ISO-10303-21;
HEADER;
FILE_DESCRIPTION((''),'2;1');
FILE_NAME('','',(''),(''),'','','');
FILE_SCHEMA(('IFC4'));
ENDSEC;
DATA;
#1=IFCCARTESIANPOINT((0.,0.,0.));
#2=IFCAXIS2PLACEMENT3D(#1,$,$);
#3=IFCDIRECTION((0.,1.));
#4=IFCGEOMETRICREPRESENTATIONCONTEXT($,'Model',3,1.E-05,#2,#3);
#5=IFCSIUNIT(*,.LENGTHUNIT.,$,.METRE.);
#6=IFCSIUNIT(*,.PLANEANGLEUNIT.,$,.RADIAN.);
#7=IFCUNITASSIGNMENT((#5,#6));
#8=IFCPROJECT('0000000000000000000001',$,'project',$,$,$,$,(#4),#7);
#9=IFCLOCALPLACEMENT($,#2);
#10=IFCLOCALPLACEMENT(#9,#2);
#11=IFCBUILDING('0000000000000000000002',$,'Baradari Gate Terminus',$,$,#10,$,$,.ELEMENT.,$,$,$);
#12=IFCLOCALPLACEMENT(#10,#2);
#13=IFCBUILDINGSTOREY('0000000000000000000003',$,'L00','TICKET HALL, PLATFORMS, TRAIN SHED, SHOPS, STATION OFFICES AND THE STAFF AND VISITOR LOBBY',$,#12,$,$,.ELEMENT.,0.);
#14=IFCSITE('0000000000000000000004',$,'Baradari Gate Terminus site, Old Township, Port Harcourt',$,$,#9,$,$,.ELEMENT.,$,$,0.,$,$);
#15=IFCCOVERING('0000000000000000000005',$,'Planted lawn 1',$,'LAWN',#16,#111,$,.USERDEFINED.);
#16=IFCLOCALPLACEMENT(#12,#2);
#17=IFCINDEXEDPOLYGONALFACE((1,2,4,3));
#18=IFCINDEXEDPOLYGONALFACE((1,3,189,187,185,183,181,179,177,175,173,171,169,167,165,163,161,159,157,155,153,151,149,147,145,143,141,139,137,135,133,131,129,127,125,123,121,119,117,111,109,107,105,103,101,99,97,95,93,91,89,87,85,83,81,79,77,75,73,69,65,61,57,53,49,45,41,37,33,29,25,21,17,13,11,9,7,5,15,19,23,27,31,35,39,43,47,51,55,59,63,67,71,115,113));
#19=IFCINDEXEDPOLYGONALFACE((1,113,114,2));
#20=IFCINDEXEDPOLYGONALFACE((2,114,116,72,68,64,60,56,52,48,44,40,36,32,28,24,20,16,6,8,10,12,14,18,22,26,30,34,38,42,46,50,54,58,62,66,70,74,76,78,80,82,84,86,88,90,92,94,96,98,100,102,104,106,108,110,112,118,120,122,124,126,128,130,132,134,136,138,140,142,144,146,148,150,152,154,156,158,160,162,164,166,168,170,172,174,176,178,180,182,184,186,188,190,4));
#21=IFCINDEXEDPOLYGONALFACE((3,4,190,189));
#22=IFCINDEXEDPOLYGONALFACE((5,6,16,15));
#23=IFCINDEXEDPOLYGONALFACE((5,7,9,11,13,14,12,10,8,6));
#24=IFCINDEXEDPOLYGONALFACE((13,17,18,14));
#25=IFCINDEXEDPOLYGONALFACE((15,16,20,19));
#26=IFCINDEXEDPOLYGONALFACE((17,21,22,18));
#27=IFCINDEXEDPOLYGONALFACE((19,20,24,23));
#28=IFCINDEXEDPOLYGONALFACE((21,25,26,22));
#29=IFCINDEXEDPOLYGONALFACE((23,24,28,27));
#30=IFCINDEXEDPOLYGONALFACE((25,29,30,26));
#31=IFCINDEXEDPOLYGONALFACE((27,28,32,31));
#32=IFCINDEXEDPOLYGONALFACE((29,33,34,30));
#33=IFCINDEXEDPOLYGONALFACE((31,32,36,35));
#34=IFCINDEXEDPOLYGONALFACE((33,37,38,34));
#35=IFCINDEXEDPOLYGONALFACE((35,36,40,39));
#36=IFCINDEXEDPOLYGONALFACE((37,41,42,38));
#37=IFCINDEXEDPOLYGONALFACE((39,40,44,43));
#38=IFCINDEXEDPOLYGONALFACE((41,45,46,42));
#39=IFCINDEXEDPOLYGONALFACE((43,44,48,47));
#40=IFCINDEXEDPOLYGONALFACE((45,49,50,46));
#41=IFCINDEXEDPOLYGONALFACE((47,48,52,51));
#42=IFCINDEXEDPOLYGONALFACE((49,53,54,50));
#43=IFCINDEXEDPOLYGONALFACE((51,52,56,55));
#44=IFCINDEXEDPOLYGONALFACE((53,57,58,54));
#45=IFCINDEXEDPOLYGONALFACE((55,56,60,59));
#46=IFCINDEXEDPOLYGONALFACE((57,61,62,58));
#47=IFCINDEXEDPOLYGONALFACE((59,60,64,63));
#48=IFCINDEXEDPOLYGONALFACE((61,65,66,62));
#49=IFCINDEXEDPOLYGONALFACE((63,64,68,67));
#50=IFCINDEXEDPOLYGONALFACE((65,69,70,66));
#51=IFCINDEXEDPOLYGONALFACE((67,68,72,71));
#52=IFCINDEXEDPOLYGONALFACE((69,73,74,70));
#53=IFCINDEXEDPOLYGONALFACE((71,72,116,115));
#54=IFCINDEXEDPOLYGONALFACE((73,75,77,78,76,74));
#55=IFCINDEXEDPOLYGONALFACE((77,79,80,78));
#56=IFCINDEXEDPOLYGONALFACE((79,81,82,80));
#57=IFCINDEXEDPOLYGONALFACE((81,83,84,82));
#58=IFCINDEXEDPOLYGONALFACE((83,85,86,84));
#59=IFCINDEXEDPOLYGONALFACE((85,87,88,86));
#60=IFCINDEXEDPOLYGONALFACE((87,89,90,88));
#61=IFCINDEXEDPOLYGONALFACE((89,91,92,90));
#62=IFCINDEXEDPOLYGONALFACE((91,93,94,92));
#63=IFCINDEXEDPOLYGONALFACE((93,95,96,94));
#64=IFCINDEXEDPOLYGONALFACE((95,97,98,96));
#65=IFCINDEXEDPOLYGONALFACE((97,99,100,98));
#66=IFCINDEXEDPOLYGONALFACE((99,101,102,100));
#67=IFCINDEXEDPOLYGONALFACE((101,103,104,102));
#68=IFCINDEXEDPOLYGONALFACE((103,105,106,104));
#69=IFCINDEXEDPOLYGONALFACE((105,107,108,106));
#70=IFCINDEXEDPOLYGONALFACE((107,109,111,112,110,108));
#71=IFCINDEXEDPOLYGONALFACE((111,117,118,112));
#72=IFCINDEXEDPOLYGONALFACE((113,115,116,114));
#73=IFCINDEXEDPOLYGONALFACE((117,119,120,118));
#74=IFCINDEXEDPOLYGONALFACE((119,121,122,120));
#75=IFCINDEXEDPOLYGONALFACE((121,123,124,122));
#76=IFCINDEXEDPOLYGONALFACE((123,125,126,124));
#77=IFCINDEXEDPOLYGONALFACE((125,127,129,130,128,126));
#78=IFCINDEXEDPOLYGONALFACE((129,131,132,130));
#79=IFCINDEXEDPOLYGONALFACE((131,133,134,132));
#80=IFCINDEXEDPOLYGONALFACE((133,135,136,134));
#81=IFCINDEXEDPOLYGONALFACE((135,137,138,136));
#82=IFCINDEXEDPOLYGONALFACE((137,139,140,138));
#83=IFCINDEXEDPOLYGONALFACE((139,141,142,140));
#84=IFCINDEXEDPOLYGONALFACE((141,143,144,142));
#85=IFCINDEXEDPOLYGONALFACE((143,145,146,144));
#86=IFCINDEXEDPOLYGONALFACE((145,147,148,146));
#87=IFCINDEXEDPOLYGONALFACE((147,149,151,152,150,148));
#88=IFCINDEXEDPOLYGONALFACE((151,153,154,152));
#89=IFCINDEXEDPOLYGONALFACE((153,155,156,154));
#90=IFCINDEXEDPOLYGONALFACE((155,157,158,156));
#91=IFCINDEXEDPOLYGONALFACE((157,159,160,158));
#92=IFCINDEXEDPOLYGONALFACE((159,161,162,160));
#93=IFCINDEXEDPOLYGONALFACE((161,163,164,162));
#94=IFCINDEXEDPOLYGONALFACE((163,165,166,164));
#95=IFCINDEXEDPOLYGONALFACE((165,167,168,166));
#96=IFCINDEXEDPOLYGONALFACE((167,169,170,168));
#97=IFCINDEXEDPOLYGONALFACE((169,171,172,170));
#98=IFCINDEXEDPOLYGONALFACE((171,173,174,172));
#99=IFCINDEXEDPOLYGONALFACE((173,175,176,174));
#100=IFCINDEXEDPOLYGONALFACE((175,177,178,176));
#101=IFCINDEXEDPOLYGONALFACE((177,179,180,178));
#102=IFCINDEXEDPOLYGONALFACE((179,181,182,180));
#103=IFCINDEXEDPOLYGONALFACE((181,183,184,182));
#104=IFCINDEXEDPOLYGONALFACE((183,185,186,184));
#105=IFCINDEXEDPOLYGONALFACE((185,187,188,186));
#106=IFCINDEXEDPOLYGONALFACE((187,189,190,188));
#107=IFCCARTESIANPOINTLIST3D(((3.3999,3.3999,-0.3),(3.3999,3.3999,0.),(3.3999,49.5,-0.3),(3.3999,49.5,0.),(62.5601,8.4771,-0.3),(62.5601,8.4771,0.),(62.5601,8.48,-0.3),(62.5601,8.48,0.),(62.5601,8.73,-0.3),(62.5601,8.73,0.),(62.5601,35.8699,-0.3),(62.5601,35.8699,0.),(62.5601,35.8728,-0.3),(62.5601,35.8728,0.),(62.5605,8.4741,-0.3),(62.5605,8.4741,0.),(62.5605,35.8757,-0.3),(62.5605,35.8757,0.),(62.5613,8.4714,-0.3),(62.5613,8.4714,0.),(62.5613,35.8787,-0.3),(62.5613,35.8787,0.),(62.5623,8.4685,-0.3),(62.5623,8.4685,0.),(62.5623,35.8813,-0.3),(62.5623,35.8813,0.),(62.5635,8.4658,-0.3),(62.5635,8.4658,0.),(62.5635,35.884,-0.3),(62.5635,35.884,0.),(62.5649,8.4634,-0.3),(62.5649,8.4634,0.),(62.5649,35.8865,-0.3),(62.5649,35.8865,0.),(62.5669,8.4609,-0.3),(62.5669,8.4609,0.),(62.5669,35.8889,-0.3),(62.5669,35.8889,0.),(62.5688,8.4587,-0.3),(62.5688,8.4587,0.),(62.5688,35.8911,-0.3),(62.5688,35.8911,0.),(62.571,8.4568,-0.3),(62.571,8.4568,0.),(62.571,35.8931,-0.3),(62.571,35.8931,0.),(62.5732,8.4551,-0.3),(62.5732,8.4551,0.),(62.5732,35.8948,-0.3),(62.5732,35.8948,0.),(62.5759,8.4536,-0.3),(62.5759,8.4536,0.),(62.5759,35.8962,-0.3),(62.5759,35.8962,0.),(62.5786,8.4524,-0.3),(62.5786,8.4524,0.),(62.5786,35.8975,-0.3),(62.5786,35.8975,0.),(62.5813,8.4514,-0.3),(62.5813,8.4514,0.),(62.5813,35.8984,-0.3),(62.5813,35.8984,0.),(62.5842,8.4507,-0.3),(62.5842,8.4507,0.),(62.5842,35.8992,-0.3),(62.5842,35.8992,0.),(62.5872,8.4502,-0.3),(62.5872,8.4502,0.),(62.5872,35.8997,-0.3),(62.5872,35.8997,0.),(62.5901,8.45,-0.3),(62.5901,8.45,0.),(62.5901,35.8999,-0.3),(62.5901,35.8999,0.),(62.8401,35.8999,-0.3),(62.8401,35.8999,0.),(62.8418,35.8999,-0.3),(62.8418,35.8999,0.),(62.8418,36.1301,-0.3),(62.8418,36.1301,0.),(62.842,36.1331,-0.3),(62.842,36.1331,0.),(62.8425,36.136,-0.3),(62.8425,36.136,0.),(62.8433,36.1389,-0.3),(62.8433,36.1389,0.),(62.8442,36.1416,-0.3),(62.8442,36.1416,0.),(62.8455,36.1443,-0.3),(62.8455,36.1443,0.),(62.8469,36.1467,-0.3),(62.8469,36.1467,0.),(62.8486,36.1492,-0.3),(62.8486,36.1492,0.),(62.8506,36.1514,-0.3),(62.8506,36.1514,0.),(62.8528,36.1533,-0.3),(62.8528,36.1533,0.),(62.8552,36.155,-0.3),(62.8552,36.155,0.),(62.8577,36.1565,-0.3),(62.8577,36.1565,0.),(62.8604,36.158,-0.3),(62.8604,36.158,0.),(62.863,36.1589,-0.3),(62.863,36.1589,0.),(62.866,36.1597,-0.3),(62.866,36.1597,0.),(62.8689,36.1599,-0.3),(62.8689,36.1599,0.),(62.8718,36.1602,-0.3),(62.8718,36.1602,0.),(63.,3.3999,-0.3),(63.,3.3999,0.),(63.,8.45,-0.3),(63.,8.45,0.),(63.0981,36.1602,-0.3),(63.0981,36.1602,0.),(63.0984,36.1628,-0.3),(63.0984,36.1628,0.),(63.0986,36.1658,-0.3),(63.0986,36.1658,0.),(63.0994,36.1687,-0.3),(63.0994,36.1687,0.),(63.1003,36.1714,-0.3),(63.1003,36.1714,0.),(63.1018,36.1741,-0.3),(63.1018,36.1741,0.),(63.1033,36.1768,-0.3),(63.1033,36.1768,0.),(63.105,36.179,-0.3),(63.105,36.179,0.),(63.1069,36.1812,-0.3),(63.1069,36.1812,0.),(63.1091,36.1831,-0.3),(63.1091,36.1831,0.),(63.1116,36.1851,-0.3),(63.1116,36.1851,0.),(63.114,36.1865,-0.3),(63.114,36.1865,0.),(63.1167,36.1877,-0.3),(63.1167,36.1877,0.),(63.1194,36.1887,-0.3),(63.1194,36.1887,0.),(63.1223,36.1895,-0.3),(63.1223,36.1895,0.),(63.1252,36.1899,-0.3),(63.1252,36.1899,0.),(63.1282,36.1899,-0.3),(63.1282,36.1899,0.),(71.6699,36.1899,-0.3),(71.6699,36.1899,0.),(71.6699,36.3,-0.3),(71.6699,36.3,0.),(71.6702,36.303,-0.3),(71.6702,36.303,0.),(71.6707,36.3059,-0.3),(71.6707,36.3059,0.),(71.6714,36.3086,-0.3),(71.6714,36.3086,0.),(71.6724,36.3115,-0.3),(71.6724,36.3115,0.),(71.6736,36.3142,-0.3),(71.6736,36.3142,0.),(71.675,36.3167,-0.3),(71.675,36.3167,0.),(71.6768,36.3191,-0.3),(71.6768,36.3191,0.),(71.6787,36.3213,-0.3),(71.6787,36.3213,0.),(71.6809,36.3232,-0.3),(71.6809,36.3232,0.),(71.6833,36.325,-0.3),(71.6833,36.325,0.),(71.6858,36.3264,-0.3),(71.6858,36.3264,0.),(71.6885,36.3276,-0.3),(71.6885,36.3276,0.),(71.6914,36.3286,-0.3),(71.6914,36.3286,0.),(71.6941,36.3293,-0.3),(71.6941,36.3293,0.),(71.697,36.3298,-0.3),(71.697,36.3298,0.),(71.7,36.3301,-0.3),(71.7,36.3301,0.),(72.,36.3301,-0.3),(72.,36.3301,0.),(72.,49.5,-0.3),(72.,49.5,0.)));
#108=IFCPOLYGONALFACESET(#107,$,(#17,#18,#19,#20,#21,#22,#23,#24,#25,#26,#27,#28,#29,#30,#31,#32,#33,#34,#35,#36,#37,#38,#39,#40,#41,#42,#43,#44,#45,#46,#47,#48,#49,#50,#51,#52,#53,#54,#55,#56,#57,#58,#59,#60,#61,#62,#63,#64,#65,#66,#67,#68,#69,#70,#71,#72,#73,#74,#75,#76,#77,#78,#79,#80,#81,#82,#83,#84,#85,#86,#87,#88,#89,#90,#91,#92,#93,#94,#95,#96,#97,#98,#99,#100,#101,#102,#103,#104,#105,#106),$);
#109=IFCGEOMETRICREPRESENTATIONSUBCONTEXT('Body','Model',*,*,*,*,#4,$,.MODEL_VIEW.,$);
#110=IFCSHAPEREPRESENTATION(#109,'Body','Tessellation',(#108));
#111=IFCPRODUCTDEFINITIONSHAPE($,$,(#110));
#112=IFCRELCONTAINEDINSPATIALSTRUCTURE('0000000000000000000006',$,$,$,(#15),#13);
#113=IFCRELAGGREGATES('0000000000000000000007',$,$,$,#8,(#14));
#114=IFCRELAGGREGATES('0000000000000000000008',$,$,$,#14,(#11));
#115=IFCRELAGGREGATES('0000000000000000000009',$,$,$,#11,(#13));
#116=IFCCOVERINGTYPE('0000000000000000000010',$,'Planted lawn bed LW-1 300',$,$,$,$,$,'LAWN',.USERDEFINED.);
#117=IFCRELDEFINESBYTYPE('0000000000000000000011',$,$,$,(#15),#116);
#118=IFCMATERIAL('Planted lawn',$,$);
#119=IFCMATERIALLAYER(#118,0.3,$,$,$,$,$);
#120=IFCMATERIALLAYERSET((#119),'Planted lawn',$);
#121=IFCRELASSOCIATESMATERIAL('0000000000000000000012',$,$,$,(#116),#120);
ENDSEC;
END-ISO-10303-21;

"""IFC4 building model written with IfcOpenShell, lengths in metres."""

from ifc_helpers import new_model, si_unit, direction, frame, origin, place, context, subcontext, project, spatial, polyline, outline, extrude, material, layer, layer_set, type_object, element, save


model = new_model("IFC4")

# Units and contexts
model_context = context("Model", 3, precision=1e-05, world=origin(), true_north=direction((0.0, 1.0)))
body_context = subcontext(model_context, "Body", "Model", "MODEL_VIEW")
ifc_project = project(units=[si_unit("LENGTHUNIT", "METRE"), si_unit("PLANEANGLEUNIT", "RADIAN")], contexts=[model_context])

# Site, building, storey
site_placement = place(None, origin())
site = spatial("IfcSite", under=ifc_project, at=site_placement, Name="Baradari Gate Terminus site, Old Township, Port Harcourt", CompositionType="ELEMENT", RefElevation=0.0)
building_placement = place(site_placement, origin())
building = spatial("IfcBuilding", under=site, at=building_placement, Name="Baradari Gate Terminus", CompositionType="ELEMENT")
storey_placement = place(building_placement, origin())
storey = spatial("IfcBuildingStorey", under=building, at=storey_placement, Name="L00", Description="TICKET HALL, PLATFORMS, TRAIN SHED, SHOPS, STATION OFFICES AND THE STAFF AND VISITOR LOBBY", CompositionType="ELEMENT", Elevation=0.0)

# Covering
ifc_material_1 = material(Name="Planted lawn")
ifc_layer_1 = layer(ifc_material_1, 0.3)
ifc_layer_set_1 = layer_set([ifc_layer_1], Name="Planted lawn")
covering_type_1 = type_object("IfcCoveringType", Name="Planted lawn bed LW-1 300", ElementType="LAWN", PredefinedType="USERDEFINED", material=ifc_layer_set_1)
covering_1_placement = place(storey_placement, frame((0.0, 0.0, -0.3)))
element("IfcCovering", 1, at=covering_1_placement, inside=storey, type_object=covering_type_1, Name="Planted lawn 1", ObjectType="LAWN", PredefinedType="USERDEFINED", context=body_context, shape_type="SweptSolid", body=[
    extrude(outline(polyline([(3.3999, 3.3999), (63.0, 3.3999), (63.0, 8.45), (62.5901, 8.45), (62.5872, 8.4502), (62.5842, 8.4507), (62.5813, 8.4514), (62.5786, 8.4524), (62.5759, 8.4536), (62.5732, 8.4551), (62.571, 8.4568), (62.5688, 8.4587), (62.5669, 8.4609), (62.5649, 8.4634), (62.5635, 8.4658), (62.5623, 8.4685), (62.5613, 8.4714), (62.5605, 8.4741), (62.5601, 8.4771), (62.5601, 8.48), (62.5601, 8.73), (62.5601, 35.8699), (62.5601, 35.8728), (62.5605, 35.8757), (62.5613, 35.8787), (62.5623, 35.8813), (62.5635, 35.884), (62.5649, 35.8865), (62.5669, 35.8889), (62.5688, 35.8911), (62.571, 35.8931), (62.5732, 35.8948), (62.5759, 35.8962), (62.5786, 35.8975), (62.5813, 35.8984), (62.5842, 35.8992), (62.5872, 35.8997), (62.5901, 35.8999), (62.8401, 35.8999), (62.8418, 35.8999), (62.8418, 36.1301), (62.842, 36.1331), (62.8425, 36.136), (62.8433, 36.1389), (62.8442, 36.1416), (62.8455, 36.1443), (62.8469, 36.1467), (62.8486, 36.1492), (62.8506, 36.1514), (62.8528, 36.1533), (62.8552, 36.155), (62.8577, 36.1565), (62.8604, 36.158), (62.863, 36.1589), (62.866, 36.1597), (62.8689, 36.1599), (62.8718, 36.1602), (63.0981, 36.1602), (63.0984, 36.1628), (63.0986, 36.1658), (63.0994, 36.1687), (63.1003, 36.1714), (63.1018, 36.1741), (63.1033, 36.1768), (63.105, 36.179), (63.1069, 36.1812), (63.1091, 36.1831), (63.1116, 36.1851), (63.114, 36.1865), (63.1167, 36.1877), (63.1194, 36.1887), (63.1223, 36.1895), (63.1252, 36.1899), (63.1282, 36.1899), (71.6699, 36.1899), (71.6699, 36.3), (71.6702, 36.303), (71.6707, 36.3059), (71.6714, 36.3086), (71.6724, 36.3115), (71.6736, 36.3142), (71.675, 36.3167), (71.6768, 36.3191), (71.6787, 36.3213), (71.6809, 36.3232), (71.6833, 36.325), (71.6858, 36.3264), (71.6885, 36.3276), (71.6914, 36.3286), (71.6941, 36.3293), (71.697, 36.3298), (71.7, 36.3301), (72.0, 36.3301), (72.0, 49.5), (3.3999, 49.5), (3.3999, 3.3999)])), origin(), (0.0, 0.0, 1.0), 0.3),
])

save(model, "model.ifc")
